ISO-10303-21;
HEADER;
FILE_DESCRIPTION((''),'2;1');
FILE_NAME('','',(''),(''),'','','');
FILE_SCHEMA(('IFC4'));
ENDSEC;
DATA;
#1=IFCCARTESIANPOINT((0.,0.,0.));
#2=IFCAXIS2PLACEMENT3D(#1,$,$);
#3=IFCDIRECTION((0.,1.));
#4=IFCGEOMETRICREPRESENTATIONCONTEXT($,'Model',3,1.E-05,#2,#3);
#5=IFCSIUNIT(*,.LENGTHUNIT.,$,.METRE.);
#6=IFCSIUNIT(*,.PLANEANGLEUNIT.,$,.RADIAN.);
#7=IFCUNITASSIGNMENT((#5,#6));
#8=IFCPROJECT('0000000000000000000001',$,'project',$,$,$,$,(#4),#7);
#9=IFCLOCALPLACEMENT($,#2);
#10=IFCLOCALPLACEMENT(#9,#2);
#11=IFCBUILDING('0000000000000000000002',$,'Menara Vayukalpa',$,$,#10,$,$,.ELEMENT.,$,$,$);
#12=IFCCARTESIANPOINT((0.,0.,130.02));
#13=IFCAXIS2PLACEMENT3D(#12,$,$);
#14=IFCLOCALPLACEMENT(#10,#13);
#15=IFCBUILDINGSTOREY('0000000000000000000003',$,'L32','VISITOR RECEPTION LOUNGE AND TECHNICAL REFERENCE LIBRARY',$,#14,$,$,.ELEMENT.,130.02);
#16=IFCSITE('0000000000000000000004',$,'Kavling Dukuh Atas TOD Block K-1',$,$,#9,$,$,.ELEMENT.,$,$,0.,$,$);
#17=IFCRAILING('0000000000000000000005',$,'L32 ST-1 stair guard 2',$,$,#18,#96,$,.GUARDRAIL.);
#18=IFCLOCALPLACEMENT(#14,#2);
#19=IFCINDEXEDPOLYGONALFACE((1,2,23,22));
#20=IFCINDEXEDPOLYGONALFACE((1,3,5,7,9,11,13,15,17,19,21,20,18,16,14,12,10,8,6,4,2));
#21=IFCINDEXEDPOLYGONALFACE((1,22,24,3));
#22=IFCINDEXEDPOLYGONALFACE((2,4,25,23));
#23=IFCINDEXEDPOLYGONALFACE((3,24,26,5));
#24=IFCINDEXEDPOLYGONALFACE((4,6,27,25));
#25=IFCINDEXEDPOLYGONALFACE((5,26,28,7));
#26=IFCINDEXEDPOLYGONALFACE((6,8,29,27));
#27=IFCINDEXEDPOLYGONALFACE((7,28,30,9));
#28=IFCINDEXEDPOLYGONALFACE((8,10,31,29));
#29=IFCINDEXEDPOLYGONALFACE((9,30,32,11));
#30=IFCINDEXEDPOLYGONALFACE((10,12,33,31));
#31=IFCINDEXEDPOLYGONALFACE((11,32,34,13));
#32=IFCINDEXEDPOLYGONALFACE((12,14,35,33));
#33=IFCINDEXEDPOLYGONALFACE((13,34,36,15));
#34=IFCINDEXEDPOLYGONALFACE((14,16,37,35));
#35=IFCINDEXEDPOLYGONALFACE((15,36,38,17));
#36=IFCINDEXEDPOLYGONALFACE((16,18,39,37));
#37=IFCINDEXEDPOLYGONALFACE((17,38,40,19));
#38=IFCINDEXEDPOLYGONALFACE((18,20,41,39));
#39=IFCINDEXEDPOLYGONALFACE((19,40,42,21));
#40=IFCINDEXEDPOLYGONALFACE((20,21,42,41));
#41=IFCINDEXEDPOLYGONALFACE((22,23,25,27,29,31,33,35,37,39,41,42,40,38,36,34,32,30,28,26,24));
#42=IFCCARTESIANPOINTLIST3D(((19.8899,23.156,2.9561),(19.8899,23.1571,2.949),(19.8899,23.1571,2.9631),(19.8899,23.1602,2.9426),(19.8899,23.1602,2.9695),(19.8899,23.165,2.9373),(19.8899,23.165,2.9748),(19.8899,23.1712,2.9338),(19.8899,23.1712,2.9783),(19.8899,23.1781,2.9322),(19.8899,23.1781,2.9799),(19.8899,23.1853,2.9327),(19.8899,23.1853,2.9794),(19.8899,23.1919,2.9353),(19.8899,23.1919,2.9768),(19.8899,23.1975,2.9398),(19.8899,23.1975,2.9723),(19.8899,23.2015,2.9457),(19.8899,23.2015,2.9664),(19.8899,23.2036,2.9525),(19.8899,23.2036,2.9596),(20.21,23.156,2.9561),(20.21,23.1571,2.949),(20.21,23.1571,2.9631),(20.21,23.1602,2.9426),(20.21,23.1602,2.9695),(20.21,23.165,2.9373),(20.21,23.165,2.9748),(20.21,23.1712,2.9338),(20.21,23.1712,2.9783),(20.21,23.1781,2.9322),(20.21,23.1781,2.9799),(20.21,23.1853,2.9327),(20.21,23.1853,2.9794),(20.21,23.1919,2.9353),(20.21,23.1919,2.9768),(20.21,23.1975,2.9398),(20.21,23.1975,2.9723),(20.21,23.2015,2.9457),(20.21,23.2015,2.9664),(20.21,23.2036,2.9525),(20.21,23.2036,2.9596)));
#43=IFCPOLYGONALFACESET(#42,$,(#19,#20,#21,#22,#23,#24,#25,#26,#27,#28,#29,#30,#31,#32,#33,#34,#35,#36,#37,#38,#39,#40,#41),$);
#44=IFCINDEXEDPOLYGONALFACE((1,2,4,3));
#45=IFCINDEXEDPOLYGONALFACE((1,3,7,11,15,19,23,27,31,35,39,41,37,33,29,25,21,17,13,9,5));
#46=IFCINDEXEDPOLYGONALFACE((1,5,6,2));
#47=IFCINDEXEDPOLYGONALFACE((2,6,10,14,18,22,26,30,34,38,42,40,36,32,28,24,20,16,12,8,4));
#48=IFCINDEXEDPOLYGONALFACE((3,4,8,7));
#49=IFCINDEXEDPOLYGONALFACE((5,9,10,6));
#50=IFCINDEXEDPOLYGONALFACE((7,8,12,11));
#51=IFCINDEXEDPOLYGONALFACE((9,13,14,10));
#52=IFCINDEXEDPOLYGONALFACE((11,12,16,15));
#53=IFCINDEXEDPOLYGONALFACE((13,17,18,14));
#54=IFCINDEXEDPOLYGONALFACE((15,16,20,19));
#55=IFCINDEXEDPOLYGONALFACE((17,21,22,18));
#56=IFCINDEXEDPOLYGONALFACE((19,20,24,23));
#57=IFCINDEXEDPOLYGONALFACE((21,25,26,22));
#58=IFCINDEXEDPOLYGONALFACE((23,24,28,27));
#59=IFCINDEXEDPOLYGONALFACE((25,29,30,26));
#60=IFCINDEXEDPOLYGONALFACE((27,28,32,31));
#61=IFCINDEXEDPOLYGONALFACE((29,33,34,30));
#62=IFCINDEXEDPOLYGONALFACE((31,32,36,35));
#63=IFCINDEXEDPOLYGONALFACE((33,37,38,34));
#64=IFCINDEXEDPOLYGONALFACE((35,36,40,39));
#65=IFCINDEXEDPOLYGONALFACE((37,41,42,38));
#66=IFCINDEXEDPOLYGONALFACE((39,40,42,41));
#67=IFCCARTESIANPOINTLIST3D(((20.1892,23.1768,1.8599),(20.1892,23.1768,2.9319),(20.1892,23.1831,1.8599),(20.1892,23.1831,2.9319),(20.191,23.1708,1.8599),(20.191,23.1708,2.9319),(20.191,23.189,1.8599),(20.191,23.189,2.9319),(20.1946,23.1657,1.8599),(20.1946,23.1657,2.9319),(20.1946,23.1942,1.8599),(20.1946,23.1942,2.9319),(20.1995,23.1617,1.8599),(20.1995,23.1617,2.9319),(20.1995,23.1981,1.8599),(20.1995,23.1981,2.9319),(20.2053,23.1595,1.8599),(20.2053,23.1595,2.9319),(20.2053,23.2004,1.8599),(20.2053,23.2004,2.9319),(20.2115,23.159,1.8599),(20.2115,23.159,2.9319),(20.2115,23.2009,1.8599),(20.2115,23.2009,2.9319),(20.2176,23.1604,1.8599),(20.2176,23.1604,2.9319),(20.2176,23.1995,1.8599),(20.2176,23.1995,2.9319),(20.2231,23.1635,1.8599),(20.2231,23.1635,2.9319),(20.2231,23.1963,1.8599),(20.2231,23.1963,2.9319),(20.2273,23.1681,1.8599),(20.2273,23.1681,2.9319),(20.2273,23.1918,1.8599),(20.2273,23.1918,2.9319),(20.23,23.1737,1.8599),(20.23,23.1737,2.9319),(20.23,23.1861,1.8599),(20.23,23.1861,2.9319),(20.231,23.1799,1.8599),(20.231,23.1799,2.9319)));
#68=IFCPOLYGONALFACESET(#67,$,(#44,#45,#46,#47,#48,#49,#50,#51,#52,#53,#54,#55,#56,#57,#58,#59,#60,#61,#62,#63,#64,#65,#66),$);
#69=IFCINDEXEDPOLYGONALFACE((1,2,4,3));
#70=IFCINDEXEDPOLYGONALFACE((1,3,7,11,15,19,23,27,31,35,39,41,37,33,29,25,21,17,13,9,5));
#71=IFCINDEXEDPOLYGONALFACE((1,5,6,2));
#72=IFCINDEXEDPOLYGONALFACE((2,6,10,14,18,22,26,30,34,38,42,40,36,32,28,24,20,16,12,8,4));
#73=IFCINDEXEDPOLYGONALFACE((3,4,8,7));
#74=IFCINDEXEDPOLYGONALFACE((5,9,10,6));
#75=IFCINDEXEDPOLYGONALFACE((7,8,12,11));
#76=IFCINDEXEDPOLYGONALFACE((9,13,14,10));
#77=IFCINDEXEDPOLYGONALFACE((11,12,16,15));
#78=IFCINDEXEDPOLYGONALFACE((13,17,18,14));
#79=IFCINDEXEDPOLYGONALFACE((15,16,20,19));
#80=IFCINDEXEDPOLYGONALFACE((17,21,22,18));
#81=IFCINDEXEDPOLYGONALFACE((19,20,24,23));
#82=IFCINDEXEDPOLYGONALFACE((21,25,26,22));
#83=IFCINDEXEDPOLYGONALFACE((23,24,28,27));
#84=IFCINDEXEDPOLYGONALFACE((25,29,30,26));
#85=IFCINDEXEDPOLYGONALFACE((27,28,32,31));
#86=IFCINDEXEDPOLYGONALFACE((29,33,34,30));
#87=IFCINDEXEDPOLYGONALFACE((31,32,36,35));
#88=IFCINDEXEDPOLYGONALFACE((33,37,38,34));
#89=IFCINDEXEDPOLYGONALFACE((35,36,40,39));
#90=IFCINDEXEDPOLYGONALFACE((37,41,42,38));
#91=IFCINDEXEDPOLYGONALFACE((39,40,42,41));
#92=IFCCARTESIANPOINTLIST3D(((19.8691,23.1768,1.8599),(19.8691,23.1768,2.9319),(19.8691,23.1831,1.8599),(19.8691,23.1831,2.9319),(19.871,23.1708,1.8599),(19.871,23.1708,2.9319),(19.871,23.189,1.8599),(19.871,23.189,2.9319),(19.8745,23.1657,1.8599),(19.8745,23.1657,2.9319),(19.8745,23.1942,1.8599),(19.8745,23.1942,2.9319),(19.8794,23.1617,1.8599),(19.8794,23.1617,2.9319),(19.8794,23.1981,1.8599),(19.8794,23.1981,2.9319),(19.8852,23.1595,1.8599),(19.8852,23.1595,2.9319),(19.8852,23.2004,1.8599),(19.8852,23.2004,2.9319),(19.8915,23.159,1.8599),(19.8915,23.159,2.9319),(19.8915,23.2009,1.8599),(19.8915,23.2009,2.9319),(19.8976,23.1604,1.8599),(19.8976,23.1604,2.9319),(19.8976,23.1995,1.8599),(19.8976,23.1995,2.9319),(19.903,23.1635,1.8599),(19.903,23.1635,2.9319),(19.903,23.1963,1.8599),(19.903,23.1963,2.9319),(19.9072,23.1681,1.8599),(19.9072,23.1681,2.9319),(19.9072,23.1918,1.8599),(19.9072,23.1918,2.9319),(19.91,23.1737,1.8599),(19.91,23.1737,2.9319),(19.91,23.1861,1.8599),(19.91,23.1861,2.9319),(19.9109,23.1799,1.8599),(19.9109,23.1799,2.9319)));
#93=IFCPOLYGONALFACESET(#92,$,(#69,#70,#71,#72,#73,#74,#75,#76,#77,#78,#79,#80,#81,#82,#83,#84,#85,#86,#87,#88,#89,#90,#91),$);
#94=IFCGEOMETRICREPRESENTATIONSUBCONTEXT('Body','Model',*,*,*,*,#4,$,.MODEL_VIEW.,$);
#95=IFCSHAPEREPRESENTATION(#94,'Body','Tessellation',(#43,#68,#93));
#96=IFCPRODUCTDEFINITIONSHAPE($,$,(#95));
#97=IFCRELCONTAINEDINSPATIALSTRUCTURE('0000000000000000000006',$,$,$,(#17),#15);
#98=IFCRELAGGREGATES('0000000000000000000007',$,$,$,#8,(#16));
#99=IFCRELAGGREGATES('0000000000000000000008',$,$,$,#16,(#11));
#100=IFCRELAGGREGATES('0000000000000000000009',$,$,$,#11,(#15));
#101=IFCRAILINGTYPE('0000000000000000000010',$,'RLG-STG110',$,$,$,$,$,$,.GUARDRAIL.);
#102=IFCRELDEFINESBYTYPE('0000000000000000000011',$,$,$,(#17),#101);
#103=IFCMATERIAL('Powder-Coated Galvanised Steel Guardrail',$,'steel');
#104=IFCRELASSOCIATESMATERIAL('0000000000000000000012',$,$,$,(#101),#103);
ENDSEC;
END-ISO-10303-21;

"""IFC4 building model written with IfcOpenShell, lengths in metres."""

from ifc_helpers import new_model, si_unit, direction, frame, origin, origin_2d, place, context, subcontext, project, spatial, circle, extrude, material, type_object, element, save


model = new_model("IFC4")

# Units and contexts
model_context = context("Model", 3, precision=1e-05, world=origin(), true_north=direction((0.0, 1.0)))
body_context = subcontext(model_context, "Body", "Model", "MODEL_VIEW")
ifc_project = project(units=[si_unit("LENGTHUNIT", "METRE"), si_unit("PLANEANGLEUNIT", "RADIAN")], contexts=[model_context])

# Site, building, storey
site_placement = place(None, origin())
site = spatial("IfcSite", under=ifc_project, at=site_placement, Name="Kavling Dukuh Atas TOD Block K-1", CompositionType="ELEMENT", RefElevation=0.0)
building_placement = place(site_placement, origin())
building = spatial("IfcBuilding", under=site, at=building_placement, Name="Menara Vayukalpa", CompositionType="ELEMENT")
storey_placement = place(building_placement, frame((0.0, 0.0, 130.02)))
storey = spatial("IfcBuildingStorey", under=building, at=storey_placement, Name="L32", Description="VISITOR RECEPTION LOUNGE AND TECHNICAL REFERENCE LIBRARY", CompositionType="ELEMENT", Elevation=130.02)

# Railing
ifc_material_1 = material(Name="Powder-Coated Galvanised Steel Guardrail", Category="steel")
railing_type_1 = type_object("IfcRailingType", Name="RLG-STG110", PredefinedType="GUARDRAIL", material=ifc_material_1)
railing_1_placement = place(storey_placement, frame((20.21, 23.1799, 1.8599)))
element("IfcRailing", 1, at=railing_1_placement, inside=storey, type_object=railing_type_1, Name="L32 ST-1 stair guard 2", PredefinedType="GUARDRAIL", context=body_context, shape_type="SweptSolid", body=[
    extrude(circle(Radius=0.0239, at=origin_2d()), frame((0.0, 0.0, 1.0962), z_axis=(-1.0, 0.0, 0.0), x_axis=(0.0, -1.0, 0.0)), (0.0, 0.0, 1.0), 0.3201),
    extrude(circle(Radius=0.021, at=origin_2d()), origin(), (0.0, 0.0, 1.0), 1.072),
    extrude(circle(Radius=0.021, at=origin_2d()), frame((-0.3201, 0.0, 0.0)), (0.0, 0.0, 1.0), 1.072),
])

save(model, "model.ifc")
